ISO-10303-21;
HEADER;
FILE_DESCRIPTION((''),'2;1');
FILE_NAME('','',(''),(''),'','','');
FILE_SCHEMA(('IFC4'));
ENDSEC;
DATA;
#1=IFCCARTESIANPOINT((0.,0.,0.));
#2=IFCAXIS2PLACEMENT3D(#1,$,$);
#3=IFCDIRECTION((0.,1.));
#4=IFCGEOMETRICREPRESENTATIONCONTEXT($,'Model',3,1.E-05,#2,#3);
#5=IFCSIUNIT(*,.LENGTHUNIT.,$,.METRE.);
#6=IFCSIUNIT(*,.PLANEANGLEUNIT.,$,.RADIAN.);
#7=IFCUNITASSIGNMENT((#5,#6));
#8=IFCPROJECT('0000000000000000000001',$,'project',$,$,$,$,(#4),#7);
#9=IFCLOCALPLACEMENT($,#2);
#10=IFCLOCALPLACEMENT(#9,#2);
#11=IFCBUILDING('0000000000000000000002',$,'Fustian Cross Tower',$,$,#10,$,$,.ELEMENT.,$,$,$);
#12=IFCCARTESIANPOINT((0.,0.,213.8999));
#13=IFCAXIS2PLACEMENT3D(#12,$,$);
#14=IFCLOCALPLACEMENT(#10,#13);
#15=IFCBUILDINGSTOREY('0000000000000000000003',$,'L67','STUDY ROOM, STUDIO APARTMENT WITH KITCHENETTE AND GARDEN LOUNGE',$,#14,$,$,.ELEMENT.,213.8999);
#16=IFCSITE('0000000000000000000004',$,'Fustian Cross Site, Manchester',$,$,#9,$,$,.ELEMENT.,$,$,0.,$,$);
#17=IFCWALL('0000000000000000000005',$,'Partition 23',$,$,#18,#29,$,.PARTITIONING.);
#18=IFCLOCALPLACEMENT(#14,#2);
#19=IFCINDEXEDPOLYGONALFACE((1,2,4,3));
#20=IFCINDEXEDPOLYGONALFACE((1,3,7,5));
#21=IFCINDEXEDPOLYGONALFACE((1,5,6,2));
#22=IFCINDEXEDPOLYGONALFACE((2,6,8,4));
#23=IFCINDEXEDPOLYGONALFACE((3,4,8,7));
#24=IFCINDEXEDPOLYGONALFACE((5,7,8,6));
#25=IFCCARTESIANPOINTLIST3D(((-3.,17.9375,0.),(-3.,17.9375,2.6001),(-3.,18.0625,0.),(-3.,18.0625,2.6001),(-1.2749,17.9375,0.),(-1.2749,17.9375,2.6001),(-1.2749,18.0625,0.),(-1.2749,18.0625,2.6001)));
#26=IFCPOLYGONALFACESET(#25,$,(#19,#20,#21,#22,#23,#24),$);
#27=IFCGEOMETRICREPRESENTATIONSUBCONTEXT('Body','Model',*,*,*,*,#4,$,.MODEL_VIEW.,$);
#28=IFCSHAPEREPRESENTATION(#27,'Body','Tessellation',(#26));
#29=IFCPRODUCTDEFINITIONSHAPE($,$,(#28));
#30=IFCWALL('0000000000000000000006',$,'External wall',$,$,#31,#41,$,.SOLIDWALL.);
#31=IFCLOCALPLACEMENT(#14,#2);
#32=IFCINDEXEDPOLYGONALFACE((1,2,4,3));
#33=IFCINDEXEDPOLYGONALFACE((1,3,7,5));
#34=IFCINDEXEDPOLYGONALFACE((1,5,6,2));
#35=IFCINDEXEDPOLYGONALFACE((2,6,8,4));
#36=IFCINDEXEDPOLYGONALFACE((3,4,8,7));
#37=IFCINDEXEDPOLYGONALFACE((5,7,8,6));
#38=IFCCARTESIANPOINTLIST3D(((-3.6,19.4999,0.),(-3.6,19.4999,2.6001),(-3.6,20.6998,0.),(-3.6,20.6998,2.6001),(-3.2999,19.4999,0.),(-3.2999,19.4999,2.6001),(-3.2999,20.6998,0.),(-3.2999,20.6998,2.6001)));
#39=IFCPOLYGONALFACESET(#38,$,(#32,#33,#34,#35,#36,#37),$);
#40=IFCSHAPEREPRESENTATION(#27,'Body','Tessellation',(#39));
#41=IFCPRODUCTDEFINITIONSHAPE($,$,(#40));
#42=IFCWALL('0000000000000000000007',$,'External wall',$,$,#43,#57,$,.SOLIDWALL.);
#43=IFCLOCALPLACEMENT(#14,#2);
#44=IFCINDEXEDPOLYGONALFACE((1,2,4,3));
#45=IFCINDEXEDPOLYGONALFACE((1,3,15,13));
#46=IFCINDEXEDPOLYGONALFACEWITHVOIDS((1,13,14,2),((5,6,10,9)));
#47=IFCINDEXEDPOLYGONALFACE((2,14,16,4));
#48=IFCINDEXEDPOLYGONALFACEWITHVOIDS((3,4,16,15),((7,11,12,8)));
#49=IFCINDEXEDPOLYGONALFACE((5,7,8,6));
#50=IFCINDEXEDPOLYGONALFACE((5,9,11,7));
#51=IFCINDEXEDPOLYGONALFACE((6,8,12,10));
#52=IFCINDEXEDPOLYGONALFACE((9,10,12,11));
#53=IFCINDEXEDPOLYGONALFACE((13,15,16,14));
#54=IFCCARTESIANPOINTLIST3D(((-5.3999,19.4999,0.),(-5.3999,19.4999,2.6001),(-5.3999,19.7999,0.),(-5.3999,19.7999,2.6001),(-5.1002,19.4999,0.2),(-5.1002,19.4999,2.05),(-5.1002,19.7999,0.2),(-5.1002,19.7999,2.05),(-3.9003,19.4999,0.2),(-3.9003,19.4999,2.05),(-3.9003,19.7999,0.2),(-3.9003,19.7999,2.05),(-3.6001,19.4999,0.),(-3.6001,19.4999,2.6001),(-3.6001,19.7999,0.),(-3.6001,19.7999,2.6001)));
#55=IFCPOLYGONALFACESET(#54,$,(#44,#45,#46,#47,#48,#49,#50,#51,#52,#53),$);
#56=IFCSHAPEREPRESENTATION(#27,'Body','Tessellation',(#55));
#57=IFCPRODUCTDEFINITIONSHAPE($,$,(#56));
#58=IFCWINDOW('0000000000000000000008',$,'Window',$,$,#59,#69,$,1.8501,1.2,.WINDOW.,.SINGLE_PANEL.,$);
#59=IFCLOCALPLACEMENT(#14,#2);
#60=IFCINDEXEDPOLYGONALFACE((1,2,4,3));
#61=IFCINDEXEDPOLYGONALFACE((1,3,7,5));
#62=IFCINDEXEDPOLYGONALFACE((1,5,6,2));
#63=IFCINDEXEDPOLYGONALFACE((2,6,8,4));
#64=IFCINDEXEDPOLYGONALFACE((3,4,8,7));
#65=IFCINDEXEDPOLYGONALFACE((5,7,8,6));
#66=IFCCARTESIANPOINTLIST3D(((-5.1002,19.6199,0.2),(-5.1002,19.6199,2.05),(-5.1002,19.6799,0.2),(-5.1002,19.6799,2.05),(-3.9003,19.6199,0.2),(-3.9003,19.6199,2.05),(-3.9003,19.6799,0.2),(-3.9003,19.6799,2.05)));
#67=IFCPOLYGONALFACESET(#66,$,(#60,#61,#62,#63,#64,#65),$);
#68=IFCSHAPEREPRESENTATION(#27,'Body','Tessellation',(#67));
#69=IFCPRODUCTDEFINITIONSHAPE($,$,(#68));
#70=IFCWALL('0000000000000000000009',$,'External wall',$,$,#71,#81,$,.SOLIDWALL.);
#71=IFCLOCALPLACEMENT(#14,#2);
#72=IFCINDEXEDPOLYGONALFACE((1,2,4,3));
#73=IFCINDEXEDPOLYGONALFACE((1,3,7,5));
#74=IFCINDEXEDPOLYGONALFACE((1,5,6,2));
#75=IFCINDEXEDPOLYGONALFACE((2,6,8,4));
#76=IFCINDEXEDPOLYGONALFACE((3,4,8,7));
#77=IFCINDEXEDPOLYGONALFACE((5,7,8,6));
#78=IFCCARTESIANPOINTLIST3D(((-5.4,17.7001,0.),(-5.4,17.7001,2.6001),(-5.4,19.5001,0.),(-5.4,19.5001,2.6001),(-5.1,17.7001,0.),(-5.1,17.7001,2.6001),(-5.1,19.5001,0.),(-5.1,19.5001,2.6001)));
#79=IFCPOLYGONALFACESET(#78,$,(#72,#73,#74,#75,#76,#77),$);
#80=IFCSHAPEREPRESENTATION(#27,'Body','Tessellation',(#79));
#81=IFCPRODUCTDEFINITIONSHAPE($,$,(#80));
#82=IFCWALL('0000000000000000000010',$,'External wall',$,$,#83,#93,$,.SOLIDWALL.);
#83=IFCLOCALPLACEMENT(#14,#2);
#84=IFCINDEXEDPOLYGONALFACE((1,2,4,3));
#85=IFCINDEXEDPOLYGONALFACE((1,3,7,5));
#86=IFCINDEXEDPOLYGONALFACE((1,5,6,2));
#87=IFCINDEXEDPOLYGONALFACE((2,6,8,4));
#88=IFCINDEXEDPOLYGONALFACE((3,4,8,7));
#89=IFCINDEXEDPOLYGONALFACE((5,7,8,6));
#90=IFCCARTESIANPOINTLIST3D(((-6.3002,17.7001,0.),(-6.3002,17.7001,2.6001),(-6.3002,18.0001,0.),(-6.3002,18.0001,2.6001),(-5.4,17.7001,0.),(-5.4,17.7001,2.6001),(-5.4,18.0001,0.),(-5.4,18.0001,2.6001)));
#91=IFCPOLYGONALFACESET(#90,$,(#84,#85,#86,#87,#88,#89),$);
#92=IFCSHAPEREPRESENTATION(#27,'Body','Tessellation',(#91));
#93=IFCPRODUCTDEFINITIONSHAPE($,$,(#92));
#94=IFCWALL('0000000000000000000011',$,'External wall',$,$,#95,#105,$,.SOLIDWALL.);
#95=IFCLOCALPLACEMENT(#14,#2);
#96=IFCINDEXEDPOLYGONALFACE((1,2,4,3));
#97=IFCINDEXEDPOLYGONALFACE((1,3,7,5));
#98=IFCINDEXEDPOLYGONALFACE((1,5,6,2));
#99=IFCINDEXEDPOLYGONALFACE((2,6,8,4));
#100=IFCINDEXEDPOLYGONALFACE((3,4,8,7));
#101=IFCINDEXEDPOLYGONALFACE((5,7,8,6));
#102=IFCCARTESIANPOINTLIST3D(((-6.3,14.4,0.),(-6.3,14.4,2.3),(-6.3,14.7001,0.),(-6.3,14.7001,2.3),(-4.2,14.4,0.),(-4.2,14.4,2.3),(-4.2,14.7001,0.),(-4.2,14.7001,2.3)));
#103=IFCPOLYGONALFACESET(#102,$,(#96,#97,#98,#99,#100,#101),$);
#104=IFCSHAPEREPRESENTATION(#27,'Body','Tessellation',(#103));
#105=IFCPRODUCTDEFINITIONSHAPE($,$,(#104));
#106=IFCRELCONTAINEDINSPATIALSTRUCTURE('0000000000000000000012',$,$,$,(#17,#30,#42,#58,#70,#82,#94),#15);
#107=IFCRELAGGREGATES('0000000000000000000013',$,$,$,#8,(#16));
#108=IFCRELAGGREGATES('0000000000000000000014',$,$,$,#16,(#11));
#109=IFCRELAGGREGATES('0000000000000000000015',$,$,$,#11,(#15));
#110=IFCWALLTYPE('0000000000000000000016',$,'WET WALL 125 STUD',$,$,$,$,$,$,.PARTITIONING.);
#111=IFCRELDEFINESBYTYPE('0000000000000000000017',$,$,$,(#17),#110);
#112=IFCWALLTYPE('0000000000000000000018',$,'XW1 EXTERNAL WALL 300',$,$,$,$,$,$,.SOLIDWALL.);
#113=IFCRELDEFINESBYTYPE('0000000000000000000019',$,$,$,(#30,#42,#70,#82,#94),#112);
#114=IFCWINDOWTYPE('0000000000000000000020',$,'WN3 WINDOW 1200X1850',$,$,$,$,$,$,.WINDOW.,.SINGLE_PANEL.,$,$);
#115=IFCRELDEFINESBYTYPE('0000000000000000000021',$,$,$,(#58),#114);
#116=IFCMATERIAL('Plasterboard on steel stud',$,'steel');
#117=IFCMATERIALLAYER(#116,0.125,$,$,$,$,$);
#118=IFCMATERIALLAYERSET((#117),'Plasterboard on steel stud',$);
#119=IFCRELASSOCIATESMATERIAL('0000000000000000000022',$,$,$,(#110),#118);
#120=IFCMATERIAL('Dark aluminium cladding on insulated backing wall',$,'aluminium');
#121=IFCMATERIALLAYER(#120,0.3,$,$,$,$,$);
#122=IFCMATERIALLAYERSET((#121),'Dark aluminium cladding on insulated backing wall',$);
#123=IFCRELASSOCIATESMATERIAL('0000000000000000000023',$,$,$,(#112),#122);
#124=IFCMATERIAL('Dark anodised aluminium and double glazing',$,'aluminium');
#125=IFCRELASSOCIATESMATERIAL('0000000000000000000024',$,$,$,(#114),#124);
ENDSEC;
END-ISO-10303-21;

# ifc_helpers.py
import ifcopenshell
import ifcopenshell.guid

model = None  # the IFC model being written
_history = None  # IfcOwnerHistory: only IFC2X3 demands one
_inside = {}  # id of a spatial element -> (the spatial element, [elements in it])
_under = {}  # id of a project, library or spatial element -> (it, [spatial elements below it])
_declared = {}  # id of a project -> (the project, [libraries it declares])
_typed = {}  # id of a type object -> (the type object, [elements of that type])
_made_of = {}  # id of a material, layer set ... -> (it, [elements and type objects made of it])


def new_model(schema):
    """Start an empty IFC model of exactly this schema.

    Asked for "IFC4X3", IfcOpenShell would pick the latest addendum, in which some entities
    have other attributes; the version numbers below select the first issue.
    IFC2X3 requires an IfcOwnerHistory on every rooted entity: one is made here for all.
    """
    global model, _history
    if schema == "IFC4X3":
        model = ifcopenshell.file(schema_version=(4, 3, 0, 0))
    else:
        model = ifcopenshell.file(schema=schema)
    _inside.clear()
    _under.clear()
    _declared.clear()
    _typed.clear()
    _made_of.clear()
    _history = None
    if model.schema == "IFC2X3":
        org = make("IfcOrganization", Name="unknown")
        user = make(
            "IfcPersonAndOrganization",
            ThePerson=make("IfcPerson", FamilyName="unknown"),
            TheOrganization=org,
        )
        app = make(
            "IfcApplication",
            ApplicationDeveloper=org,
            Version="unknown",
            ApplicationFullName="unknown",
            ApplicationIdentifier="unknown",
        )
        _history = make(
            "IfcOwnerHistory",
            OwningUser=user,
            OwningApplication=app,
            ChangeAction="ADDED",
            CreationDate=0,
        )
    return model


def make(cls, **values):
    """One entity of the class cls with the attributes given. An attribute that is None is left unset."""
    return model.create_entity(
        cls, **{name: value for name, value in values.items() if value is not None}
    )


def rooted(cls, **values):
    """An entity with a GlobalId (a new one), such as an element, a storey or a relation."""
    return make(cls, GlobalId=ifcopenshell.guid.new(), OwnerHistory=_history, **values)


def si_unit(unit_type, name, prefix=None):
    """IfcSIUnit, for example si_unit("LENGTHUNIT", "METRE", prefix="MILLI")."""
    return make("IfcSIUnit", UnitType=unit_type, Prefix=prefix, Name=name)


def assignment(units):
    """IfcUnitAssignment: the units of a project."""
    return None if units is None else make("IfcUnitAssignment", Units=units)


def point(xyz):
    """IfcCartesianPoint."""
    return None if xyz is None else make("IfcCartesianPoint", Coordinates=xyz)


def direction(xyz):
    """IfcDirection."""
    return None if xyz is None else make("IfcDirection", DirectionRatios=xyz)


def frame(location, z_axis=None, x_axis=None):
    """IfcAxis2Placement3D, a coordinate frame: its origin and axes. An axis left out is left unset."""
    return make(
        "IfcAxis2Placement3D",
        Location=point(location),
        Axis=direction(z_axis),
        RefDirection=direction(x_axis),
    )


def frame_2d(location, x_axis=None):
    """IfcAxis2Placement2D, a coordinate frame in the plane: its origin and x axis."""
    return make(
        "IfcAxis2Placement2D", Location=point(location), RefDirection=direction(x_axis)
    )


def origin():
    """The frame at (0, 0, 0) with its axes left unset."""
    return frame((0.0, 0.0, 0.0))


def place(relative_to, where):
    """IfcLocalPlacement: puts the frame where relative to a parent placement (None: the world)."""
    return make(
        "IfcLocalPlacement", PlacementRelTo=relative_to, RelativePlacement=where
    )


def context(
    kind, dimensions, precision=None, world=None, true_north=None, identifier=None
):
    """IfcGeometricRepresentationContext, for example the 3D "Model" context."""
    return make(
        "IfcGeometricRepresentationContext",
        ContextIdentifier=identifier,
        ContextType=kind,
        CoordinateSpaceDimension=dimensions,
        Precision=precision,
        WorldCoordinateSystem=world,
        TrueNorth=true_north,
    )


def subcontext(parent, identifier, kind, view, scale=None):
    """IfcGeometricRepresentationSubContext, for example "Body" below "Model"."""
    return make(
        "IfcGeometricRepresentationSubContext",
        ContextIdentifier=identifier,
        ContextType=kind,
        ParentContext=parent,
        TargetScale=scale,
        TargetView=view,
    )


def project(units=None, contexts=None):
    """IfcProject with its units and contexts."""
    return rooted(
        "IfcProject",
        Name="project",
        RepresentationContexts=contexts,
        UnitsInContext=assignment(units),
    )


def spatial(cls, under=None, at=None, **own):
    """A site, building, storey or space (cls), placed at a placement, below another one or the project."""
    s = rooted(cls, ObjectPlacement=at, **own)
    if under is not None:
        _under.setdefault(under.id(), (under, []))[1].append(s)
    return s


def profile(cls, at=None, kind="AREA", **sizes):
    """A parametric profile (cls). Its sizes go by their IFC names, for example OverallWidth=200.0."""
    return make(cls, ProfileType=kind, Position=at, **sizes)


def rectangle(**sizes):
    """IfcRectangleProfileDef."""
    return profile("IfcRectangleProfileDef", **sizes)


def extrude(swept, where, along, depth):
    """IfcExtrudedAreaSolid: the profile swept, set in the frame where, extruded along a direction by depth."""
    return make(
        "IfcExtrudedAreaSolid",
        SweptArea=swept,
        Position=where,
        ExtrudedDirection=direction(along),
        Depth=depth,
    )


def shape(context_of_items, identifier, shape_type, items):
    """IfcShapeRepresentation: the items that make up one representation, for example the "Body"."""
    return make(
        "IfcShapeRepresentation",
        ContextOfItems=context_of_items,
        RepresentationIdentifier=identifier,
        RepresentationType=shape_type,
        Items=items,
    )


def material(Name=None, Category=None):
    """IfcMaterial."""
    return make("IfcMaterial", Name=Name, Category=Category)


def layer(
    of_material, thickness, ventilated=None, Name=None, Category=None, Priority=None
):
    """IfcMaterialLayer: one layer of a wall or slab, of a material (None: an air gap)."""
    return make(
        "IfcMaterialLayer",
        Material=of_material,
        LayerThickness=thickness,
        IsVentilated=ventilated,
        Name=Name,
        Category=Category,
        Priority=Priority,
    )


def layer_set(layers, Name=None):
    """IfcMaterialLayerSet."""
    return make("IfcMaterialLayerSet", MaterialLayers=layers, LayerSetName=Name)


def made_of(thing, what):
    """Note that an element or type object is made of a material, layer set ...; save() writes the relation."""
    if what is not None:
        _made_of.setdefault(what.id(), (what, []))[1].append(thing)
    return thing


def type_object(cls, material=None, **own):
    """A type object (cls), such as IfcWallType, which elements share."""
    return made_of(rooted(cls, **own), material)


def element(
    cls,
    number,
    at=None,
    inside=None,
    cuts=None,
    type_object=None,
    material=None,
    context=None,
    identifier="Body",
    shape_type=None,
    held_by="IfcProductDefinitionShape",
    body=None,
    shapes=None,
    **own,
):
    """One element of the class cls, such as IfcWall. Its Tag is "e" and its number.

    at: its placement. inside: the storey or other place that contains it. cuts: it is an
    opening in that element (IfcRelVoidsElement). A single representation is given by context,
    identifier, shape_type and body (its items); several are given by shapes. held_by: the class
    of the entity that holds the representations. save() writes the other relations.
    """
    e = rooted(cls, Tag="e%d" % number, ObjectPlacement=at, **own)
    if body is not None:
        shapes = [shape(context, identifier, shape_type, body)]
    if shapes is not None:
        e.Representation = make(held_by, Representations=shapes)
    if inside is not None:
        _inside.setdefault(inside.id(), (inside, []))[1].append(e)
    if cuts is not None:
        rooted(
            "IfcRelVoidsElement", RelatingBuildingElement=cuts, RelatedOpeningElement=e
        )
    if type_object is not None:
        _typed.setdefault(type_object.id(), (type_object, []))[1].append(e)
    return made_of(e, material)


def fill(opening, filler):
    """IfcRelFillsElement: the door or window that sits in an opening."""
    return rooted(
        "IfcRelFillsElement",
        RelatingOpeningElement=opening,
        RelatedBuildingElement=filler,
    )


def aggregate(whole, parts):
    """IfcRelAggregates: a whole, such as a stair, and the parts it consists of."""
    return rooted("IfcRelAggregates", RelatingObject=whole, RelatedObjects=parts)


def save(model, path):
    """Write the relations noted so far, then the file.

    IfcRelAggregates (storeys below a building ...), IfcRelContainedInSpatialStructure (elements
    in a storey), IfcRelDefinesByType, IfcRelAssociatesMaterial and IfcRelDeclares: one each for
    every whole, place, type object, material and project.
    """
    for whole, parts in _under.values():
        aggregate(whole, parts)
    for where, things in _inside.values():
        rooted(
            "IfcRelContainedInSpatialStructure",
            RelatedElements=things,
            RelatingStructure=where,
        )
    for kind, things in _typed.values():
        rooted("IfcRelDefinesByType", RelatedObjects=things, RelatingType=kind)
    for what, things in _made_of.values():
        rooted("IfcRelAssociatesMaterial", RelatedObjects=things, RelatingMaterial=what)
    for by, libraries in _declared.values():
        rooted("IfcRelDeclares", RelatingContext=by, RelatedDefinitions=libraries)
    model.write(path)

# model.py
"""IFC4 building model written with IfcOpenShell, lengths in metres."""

from ifc_helpers import new_model, si_unit, direction, frame, frame_2d, origin, place, context, subcontext, project, spatial, rectangle, extrude, material, layer, layer_set, type_object, element, fill, save


model = new_model("IFC4")

# Units and contexts
model_context = context("Model", 3, precision=1e-05, world=origin(), true_north=direction((0.0, 1.0)))
body_context = subcontext(model_context, "Body", "Model", "MODEL_VIEW")
ifc_project = project(units=[si_unit("LENGTHUNIT", "METRE"), si_unit("PLANEANGLEUNIT", "RADIAN")], contexts=[model_context])

# Site, building, storey
site_placement = place(None, origin())
site = spatial("IfcSite", under=ifc_project, at=site_placement, Name="Fustian Cross Site, Manchester", CompositionType="ELEMENT", RefElevation=0.0)
building_placement = place(site_placement, origin())
building = spatial("IfcBuilding", under=site, at=building_placement, Name="Fustian Cross Tower", CompositionType="ELEMENT")
storey_placement = place(building_placement, frame((0.0, 0.0, 213.8999)))
storey = spatial("IfcBuildingStorey", under=building, at=storey_placement, Name="L67", Description="STUDY ROOM, STUDIO APARTMENT WITH KITCHENETTE AND GARDEN LOUNGE", CompositionType="ELEMENT", Elevation=213.8999)

# Walls
ifc_material_1 = material(Name="Plasterboard on steel stud", Category="steel")
ifc_layer_1 = layer(ifc_material_1, 0.125)
ifc_layer_set_1 = layer_set([ifc_layer_1], Name="Plasterboard on steel stud")
wall_type_1 = type_object("IfcWallType", Name="WET WALL 125 STUD", PredefinedType="PARTITIONING", material=ifc_layer_set_1)
wall_1_placement = place(storey_placement, frame((-3.0, 18.0, 0.0), z_axis=(0.0, 0.0, 1.0), x_axis=(1.0, 0.0, 0.0)))
element("IfcWall", 1, at=wall_1_placement, inside=storey, type_object=wall_type_1, Name="Partition 23", PredefinedType="PARTITIONING", context=body_context, shape_type="SweptSolid", body=[
    extrude(rectangle(XDim=1.7251, YDim=0.125, at=frame_2d((0.8625, 0.0))), origin(), (0.0, 0.0, 1.0), 2.6001),
])
ifc_material_2 = material(Name="Dark aluminium cladding on insulated backing wall", Category="aluminium")
ifc_layer_2 = layer(ifc_material_2, 0.3)
ifc_layer_set_2 = layer_set([ifc_layer_2], Name="Dark aluminium cladding on insulated backing wall")
wall_type_2 = type_object("IfcWallType", Name="XW1 EXTERNAL WALL 300", PredefinedType="SOLIDWALL", material=ifc_layer_set_2)
wall_2_placement = place(storey_placement, frame((-3.45, 20.7, 0.0), z_axis=(0.0, 0.0, 1.0), x_axis=(0.0, -1.0, 0.0)))
element("IfcWall", 2, at=wall_2_placement, inside=storey, type_object=wall_type_2, Name="External wall", PredefinedType="SOLIDWALL", context=body_context, shape_type="SweptSolid", body=[
    extrude(rectangle(XDim=1.2, YDim=0.3, at=frame_2d((0.6001, 0.0))), origin(), (0.0, 0.0, 1.0), 2.6001),
])

# Wall, opening, window
wall_3_placement = place(storey_placement, frame((-3.6001, 19.6499, 0.0), z_axis=(0.0, 0.0, 1.0), x_axis=(-1.0, 0.0, 0.0)))
wall_3 = element("IfcWall", 3, at=wall_3_placement, inside=storey, type_object=wall_type_2, Name="External wall", PredefinedType="SOLIDWALL", context=body_context, shape_type="SweptSolid", body=[
    extrude(rectangle(XDim=1.7998, YDim=0.3, at=frame_2d((0.8999, 0.0))), origin(), (0.0, 0.0, 1.0), 2.6001),
])
opening_1_placement = place(wall_3_placement, frame((0.3, 0.0, 0.2)))
opening_1 = element("IfcOpeningElement", 4, at=opening_1_placement, cuts=wall_3, PredefinedType="OPENING", context=body_context, shape_type="SweptSolid", body=[
    extrude(rectangle(XDim=1.2, YDim=1.8501, at=frame_2d((0.6001, 0.925))), frame((0.0, 0.1599, 0.0), z_axis=(0.0, -1.0, 0.0), x_axis=(1.0, 0.0, 0.0)), (0.0, 0.0, 1.0), 0.3201),
])
ifc_material_3 = material(Name="Dark anodised aluminium and double glazing", Category="aluminium")
window_type = type_object("IfcWindowType", Name="WN3 WINDOW 1200X1850", PartitioningType="SINGLE_PANEL", PredefinedType="WINDOW", material=ifc_material_3)
window_placement = place(opening_1_placement, origin())
window = element("IfcWindow", 5, at=window_placement, inside=storey, type_object=window_type, Name="Window", OverallHeight=1.8501, OverallWidth=1.2, PartitioningType="SINGLE_PANEL", PredefinedType="WINDOW", context=body_context, shape_type="SweptSolid", body=[
    extrude(rectangle(XDim=1.2, YDim=1.8501, at=frame_2d((0.6001, 0.925))), frame((0.0, 0.03, 0.0), z_axis=(0.0, -1.0, 0.0), x_axis=(1.0, 0.0, 0.0)), (0.0, 0.0, 1.0), 0.0601),
])
fill(opening_1, window)

# Walls
wall_4_placement = place(storey_placement, frame((-5.25, 19.5, 0.0), z_axis=(0.0, 0.0, 1.0), x_axis=(0.0, -1.0, 0.0)))
element("IfcWall", 6, at=wall_4_placement, inside=storey, type_object=wall_type_2, Name="External wall", PredefinedType="SOLIDWALL", context=body_context, shape_type="SweptSolid", body=[
    extrude(rectangle(XDim=1.8, YDim=0.3, at=frame_2d((0.8999, 0.0))), origin(), (0.0, 0.0, 1.0), 2.6001),
])
wall_5_placement = place(storey_placement, frame((-5.3999, 17.8501, 0.0), z_axis=(0.0, 0.0, 1.0), x_axis=(-1.0, 0.0, 0.0)))
element("IfcWall", 7, at=wall_5_placement, inside=storey, type_object=wall_type_2, Name="External wall", PredefinedType="SOLIDWALL", context=body_context, shape_type="SweptSolid", body=[
    extrude(rectangle(XDim=0.9001, YDim=0.3, at=frame_2d((0.4502, 0.0))), origin(), (0.0, 0.0, 1.0), 2.6001),
])
wall_6_placement = place(storey_placement, frame((-6.3, 14.55, 0.0), z_axis=(0.0, 0.0, 1.0), x_axis=(1.0, 0.0, 0.0)))
element("IfcWall", 8, at=wall_6_placement, inside=storey, type_object=wall_type_2, Name="External wall", PredefinedType="SOLIDWALL", context=body_context, shape_type="SweptSolid", body=[
    extrude(rectangle(XDim=2.1001, YDim=0.3, at=frame_2d((1.05, 0.0))), origin(), (0.0, 0.0, 1.0), 2.3),
])

save(model, "model.ifc")
